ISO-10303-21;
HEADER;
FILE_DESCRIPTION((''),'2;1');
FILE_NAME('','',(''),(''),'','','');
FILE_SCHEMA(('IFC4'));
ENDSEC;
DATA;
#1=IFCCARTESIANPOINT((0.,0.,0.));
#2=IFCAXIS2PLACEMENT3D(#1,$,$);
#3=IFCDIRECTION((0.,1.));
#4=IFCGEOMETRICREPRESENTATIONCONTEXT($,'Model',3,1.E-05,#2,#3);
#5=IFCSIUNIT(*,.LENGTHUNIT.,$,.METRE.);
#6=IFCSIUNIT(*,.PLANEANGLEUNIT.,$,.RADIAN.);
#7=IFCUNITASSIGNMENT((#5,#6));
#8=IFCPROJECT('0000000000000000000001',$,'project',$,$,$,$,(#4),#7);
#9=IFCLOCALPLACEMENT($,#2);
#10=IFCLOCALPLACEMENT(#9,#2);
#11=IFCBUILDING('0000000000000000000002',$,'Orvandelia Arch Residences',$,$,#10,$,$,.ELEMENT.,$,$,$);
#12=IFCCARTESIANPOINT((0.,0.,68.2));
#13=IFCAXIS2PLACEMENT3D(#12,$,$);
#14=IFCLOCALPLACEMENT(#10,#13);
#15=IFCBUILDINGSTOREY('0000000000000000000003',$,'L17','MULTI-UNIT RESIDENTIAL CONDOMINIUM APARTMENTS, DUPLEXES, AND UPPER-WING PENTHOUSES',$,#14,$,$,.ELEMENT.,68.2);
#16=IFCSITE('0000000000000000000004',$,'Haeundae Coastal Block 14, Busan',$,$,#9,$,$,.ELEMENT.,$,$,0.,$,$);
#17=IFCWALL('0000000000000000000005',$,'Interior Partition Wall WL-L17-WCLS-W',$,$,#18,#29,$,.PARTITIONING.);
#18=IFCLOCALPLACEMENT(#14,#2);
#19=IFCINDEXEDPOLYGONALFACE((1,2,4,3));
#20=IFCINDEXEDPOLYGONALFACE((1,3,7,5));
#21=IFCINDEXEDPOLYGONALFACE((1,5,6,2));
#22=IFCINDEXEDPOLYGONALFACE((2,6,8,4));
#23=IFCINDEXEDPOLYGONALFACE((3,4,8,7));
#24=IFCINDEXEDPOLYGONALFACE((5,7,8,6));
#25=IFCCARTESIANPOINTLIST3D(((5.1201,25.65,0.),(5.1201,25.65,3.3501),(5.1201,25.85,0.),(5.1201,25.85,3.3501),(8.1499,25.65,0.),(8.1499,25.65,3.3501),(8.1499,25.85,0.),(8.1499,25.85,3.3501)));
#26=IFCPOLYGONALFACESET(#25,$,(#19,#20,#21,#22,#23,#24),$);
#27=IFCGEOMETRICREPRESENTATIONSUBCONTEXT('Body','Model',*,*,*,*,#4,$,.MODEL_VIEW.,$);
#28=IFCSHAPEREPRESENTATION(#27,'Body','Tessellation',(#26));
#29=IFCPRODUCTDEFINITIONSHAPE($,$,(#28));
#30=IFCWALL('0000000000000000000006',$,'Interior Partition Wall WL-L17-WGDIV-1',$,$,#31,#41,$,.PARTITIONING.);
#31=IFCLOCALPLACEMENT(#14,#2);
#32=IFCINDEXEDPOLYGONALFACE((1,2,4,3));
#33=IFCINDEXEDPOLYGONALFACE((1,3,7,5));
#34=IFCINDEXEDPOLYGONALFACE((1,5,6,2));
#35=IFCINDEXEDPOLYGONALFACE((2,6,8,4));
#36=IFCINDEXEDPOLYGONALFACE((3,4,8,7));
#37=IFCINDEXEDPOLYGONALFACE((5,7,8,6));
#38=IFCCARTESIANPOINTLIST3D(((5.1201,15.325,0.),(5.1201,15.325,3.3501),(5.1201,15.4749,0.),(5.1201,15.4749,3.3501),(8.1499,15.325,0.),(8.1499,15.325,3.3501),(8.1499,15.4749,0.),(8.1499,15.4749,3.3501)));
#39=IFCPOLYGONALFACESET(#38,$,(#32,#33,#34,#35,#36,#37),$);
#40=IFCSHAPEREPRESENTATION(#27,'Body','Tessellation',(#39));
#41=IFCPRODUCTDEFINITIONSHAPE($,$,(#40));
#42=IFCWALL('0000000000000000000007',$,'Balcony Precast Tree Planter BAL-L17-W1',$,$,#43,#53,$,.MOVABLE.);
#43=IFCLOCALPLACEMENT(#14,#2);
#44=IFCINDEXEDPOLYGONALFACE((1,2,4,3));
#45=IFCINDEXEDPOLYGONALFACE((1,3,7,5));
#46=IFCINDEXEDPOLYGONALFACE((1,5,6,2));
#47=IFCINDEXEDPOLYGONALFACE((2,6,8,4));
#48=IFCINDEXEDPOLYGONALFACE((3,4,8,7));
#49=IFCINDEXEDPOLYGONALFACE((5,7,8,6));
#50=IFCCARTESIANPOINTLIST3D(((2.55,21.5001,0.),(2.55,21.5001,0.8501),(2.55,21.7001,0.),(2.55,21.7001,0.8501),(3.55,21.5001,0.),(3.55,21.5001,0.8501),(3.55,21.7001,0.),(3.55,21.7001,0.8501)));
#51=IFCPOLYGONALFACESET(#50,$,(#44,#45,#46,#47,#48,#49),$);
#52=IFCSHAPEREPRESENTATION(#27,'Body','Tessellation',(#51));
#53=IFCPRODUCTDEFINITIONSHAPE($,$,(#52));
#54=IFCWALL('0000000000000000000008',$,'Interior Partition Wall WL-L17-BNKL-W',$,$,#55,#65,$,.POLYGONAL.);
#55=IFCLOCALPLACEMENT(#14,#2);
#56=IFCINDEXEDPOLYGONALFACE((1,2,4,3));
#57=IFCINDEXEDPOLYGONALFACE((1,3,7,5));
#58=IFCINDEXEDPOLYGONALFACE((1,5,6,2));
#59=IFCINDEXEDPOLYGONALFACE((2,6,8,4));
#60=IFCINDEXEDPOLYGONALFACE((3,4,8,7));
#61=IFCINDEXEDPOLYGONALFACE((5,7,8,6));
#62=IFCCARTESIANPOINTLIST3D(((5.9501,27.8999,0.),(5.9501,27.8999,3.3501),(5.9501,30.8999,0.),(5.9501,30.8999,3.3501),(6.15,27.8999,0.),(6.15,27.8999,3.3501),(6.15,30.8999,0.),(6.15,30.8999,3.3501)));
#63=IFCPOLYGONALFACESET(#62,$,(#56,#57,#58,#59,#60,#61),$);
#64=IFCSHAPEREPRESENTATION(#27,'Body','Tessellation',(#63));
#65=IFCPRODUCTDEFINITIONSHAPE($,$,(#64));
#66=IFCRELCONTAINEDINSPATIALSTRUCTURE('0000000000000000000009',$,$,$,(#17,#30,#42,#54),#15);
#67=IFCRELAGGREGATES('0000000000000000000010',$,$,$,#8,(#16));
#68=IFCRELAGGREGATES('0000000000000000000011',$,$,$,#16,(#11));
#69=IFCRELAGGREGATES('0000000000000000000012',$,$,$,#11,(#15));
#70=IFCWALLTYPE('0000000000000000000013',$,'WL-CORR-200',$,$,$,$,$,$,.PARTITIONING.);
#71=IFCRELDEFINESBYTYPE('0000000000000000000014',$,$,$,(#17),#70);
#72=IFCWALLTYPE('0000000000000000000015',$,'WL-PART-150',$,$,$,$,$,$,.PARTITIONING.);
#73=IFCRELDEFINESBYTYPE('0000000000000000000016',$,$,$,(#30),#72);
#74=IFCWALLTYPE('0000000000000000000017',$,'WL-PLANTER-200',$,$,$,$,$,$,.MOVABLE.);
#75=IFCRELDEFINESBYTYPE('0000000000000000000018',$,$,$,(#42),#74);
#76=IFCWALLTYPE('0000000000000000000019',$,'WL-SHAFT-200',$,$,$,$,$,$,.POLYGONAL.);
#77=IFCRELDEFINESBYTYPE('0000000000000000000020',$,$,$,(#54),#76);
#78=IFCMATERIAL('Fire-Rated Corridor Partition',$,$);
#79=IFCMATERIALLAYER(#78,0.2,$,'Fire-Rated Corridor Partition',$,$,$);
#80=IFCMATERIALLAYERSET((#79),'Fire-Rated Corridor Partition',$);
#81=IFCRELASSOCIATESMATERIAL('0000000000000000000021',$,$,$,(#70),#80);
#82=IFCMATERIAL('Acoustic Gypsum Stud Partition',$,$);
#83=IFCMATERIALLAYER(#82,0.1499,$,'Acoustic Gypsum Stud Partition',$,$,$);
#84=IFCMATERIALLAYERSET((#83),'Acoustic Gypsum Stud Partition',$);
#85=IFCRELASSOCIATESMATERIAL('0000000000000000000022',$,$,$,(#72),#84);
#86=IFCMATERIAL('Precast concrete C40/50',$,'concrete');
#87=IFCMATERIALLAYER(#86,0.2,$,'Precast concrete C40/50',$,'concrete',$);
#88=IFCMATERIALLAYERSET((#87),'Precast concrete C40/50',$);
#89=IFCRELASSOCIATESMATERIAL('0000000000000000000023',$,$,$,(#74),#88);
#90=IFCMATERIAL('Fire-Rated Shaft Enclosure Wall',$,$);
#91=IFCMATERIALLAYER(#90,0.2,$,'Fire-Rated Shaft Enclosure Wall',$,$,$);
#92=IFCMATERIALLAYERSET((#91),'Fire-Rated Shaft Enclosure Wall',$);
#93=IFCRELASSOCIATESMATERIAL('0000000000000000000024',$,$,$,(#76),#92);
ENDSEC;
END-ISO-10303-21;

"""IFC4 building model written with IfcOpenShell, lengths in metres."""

from ifc_helpers import new_model, si_unit, direction, frame, frame_2d, origin, place, context, subcontext, project, spatial, rectangle, extrude, material, layer, layer_set, type_object, element, save


model = new_model("IFC4")

# Units and contexts
model_context = context("Model", 3, precision=1e-05, world=origin(), true_north=direction((0.0, 1.0)))
body_context = subcontext(model_context, "Body", "Model", "MODEL_VIEW")
ifc_project = project(units=[si_unit("LENGTHUNIT", "METRE"), si_unit("PLANEANGLEUNIT", "RADIAN")], contexts=[model_context])

# Site, building, storey
site_placement = place(None, origin())
site = spatial("IfcSite", under=ifc_project, at=site_placement, Name="Haeundae Coastal Block 14, Busan", CompositionType="ELEMENT", RefElevation=0.0)
building_placement = place(site_placement, origin())
building = spatial("IfcBuilding", under=site, at=building_placement, Name="Orvandelia Arch Residences", CompositionType="ELEMENT")
storey_placement = place(building_placement, frame((0.0, 0.0, 68.2)))
storey = spatial("IfcBuildingStorey", under=building, at=storey_placement, Name="L17", Description="MULTI-UNIT RESIDENTIAL CONDOMINIUM APARTMENTS, DUPLEXES, AND UPPER-WING PENTHOUSES", CompositionType="ELEMENT", Elevation=68.2)

# Walls
ifc_material_1 = material(Name="Fire-Rated Corridor Partition")
ifc_layer_1 = layer(ifc_material_1, 0.2, Name="Fire-Rated Corridor Partition")
ifc_layer_set_1 = layer_set([ifc_layer_1], Name="Fire-Rated Corridor Partition")
wall_type_1 = type_object("IfcWallType", Name="WL-CORR-200", PredefinedType="PARTITIONING", material=ifc_layer_set_1)
wall_1_placement = place(storey_placement, frame((5.1201, 25.75, 0.0), z_axis=(0.0, 0.0, 1.0), x_axis=(1.0, 0.0, 0.0)))
element("IfcWall", 1, at=wall_1_placement, inside=storey, type_object=wall_type_1, Name="Interior Partition Wall WL-L17-WCLS-W", PredefinedType="PARTITIONING", context=body_context, shape_type="SweptSolid", body=[
    extrude(rectangle(XDim=3.0298, YDim=0.2, at=frame_2d((1.5149, 0.0))), origin(), (0.0, 0.0, 1.0), 3.3501),
])
ifc_material_2 = material(Name="Acoustic Gypsum Stud Partition")
ifc_layer_2 = layer(ifc_material_2, 0.1499, Name="Acoustic Gypsum Stud Partition")
ifc_layer_set_2 = layer_set([ifc_layer_2], Name="Acoustic Gypsum Stud Partition")
wall_type_2 = type_object("IfcWallType", Name="WL-PART-150", PredefinedType="PARTITIONING", material=ifc_layer_set_2)
wall_2_placement = place(storey_placement, frame((5.1201, 15.3999, 0.0), z_axis=(0.0, 0.0, 1.0), x_axis=(1.0, 0.0, 0.0)))
element("IfcWall", 2, at=wall_2_placement, inside=storey, type_object=wall_type_2, Name="Interior Partition Wall WL-L17-WGDIV-1", PredefinedType="PARTITIONING", context=body_context, shape_type="SweptSolid", body=[
    extrude(rectangle(XDim=3.0298, YDim=0.1499, at=frame_2d((1.5149, 0.0))), origin(), (0.0, 0.0, 1.0), 3.3501),
])
ifc_material_3 = material(Name="Precast concrete C40/50", Category="concrete")
ifc_layer_3 = layer(ifc_material_3, 0.2, Name="Precast concrete C40/50", Category="concrete")
ifc_layer_set_3 = layer_set([ifc_layer_3], Name="Precast concrete C40/50")
wall_type_3 = type_object("IfcWallType", Name="WL-PLANTER-200", PredefinedType="MOVABLE", material=ifc_layer_set_3)
wall_3_placement = place(storey_placement, frame((2.55, 21.6001, 0.0), z_axis=(0.0, 0.0, 1.0), x_axis=(1.0, 0.0, 0.0)))
element("IfcWall", 3, at=wall_3_placement, inside=storey, type_object=wall_type_3, Name="Balcony Precast Tree Planter BAL-L17-W1", PredefinedType="MOVABLE", context=body_context, shape_type="SweptSolid", body=[
    extrude(rectangle(XDim=1.0, YDim=0.2, at=frame_2d((0.5, 0.0))), origin(), (0.0, 0.0, 1.0), 0.8501),
])
ifc_material_4 = material(Name="Fire-Rated Shaft Enclosure Wall")
ifc_layer_4 = layer(ifc_material_4, 0.2, Name="Fire-Rated Shaft Enclosure Wall")
ifc_layer_set_4 = layer_set([ifc_layer_4], Name="Fire-Rated Shaft Enclosure Wall")
wall_type_4 = type_object("IfcWallType", Name="WL-SHAFT-200", PredefinedType="POLYGONAL", material=ifc_layer_set_4)
wall_4_placement = place(storey_placement, frame((6.05, 27.8999, 0.0), z_axis=(0.0, 0.0, 1.0), x_axis=(0.0, 1.0, 0.0)))
element("IfcWall", 4, at=wall_4_placement, inside=storey, type_object=wall_type_4, Name="Interior Partition Wall WL-L17-BNKL-W", PredefinedType="POLYGONAL", context=body_context, shape_type="SweptSolid", body=[
    extrude(rectangle(XDim=3.0, YDim=0.2, at=frame_2d((1.5, 0.0))), origin(), (0.0, 0.0, 1.0), 3.3501),
])

save(model, "model.ifc")
